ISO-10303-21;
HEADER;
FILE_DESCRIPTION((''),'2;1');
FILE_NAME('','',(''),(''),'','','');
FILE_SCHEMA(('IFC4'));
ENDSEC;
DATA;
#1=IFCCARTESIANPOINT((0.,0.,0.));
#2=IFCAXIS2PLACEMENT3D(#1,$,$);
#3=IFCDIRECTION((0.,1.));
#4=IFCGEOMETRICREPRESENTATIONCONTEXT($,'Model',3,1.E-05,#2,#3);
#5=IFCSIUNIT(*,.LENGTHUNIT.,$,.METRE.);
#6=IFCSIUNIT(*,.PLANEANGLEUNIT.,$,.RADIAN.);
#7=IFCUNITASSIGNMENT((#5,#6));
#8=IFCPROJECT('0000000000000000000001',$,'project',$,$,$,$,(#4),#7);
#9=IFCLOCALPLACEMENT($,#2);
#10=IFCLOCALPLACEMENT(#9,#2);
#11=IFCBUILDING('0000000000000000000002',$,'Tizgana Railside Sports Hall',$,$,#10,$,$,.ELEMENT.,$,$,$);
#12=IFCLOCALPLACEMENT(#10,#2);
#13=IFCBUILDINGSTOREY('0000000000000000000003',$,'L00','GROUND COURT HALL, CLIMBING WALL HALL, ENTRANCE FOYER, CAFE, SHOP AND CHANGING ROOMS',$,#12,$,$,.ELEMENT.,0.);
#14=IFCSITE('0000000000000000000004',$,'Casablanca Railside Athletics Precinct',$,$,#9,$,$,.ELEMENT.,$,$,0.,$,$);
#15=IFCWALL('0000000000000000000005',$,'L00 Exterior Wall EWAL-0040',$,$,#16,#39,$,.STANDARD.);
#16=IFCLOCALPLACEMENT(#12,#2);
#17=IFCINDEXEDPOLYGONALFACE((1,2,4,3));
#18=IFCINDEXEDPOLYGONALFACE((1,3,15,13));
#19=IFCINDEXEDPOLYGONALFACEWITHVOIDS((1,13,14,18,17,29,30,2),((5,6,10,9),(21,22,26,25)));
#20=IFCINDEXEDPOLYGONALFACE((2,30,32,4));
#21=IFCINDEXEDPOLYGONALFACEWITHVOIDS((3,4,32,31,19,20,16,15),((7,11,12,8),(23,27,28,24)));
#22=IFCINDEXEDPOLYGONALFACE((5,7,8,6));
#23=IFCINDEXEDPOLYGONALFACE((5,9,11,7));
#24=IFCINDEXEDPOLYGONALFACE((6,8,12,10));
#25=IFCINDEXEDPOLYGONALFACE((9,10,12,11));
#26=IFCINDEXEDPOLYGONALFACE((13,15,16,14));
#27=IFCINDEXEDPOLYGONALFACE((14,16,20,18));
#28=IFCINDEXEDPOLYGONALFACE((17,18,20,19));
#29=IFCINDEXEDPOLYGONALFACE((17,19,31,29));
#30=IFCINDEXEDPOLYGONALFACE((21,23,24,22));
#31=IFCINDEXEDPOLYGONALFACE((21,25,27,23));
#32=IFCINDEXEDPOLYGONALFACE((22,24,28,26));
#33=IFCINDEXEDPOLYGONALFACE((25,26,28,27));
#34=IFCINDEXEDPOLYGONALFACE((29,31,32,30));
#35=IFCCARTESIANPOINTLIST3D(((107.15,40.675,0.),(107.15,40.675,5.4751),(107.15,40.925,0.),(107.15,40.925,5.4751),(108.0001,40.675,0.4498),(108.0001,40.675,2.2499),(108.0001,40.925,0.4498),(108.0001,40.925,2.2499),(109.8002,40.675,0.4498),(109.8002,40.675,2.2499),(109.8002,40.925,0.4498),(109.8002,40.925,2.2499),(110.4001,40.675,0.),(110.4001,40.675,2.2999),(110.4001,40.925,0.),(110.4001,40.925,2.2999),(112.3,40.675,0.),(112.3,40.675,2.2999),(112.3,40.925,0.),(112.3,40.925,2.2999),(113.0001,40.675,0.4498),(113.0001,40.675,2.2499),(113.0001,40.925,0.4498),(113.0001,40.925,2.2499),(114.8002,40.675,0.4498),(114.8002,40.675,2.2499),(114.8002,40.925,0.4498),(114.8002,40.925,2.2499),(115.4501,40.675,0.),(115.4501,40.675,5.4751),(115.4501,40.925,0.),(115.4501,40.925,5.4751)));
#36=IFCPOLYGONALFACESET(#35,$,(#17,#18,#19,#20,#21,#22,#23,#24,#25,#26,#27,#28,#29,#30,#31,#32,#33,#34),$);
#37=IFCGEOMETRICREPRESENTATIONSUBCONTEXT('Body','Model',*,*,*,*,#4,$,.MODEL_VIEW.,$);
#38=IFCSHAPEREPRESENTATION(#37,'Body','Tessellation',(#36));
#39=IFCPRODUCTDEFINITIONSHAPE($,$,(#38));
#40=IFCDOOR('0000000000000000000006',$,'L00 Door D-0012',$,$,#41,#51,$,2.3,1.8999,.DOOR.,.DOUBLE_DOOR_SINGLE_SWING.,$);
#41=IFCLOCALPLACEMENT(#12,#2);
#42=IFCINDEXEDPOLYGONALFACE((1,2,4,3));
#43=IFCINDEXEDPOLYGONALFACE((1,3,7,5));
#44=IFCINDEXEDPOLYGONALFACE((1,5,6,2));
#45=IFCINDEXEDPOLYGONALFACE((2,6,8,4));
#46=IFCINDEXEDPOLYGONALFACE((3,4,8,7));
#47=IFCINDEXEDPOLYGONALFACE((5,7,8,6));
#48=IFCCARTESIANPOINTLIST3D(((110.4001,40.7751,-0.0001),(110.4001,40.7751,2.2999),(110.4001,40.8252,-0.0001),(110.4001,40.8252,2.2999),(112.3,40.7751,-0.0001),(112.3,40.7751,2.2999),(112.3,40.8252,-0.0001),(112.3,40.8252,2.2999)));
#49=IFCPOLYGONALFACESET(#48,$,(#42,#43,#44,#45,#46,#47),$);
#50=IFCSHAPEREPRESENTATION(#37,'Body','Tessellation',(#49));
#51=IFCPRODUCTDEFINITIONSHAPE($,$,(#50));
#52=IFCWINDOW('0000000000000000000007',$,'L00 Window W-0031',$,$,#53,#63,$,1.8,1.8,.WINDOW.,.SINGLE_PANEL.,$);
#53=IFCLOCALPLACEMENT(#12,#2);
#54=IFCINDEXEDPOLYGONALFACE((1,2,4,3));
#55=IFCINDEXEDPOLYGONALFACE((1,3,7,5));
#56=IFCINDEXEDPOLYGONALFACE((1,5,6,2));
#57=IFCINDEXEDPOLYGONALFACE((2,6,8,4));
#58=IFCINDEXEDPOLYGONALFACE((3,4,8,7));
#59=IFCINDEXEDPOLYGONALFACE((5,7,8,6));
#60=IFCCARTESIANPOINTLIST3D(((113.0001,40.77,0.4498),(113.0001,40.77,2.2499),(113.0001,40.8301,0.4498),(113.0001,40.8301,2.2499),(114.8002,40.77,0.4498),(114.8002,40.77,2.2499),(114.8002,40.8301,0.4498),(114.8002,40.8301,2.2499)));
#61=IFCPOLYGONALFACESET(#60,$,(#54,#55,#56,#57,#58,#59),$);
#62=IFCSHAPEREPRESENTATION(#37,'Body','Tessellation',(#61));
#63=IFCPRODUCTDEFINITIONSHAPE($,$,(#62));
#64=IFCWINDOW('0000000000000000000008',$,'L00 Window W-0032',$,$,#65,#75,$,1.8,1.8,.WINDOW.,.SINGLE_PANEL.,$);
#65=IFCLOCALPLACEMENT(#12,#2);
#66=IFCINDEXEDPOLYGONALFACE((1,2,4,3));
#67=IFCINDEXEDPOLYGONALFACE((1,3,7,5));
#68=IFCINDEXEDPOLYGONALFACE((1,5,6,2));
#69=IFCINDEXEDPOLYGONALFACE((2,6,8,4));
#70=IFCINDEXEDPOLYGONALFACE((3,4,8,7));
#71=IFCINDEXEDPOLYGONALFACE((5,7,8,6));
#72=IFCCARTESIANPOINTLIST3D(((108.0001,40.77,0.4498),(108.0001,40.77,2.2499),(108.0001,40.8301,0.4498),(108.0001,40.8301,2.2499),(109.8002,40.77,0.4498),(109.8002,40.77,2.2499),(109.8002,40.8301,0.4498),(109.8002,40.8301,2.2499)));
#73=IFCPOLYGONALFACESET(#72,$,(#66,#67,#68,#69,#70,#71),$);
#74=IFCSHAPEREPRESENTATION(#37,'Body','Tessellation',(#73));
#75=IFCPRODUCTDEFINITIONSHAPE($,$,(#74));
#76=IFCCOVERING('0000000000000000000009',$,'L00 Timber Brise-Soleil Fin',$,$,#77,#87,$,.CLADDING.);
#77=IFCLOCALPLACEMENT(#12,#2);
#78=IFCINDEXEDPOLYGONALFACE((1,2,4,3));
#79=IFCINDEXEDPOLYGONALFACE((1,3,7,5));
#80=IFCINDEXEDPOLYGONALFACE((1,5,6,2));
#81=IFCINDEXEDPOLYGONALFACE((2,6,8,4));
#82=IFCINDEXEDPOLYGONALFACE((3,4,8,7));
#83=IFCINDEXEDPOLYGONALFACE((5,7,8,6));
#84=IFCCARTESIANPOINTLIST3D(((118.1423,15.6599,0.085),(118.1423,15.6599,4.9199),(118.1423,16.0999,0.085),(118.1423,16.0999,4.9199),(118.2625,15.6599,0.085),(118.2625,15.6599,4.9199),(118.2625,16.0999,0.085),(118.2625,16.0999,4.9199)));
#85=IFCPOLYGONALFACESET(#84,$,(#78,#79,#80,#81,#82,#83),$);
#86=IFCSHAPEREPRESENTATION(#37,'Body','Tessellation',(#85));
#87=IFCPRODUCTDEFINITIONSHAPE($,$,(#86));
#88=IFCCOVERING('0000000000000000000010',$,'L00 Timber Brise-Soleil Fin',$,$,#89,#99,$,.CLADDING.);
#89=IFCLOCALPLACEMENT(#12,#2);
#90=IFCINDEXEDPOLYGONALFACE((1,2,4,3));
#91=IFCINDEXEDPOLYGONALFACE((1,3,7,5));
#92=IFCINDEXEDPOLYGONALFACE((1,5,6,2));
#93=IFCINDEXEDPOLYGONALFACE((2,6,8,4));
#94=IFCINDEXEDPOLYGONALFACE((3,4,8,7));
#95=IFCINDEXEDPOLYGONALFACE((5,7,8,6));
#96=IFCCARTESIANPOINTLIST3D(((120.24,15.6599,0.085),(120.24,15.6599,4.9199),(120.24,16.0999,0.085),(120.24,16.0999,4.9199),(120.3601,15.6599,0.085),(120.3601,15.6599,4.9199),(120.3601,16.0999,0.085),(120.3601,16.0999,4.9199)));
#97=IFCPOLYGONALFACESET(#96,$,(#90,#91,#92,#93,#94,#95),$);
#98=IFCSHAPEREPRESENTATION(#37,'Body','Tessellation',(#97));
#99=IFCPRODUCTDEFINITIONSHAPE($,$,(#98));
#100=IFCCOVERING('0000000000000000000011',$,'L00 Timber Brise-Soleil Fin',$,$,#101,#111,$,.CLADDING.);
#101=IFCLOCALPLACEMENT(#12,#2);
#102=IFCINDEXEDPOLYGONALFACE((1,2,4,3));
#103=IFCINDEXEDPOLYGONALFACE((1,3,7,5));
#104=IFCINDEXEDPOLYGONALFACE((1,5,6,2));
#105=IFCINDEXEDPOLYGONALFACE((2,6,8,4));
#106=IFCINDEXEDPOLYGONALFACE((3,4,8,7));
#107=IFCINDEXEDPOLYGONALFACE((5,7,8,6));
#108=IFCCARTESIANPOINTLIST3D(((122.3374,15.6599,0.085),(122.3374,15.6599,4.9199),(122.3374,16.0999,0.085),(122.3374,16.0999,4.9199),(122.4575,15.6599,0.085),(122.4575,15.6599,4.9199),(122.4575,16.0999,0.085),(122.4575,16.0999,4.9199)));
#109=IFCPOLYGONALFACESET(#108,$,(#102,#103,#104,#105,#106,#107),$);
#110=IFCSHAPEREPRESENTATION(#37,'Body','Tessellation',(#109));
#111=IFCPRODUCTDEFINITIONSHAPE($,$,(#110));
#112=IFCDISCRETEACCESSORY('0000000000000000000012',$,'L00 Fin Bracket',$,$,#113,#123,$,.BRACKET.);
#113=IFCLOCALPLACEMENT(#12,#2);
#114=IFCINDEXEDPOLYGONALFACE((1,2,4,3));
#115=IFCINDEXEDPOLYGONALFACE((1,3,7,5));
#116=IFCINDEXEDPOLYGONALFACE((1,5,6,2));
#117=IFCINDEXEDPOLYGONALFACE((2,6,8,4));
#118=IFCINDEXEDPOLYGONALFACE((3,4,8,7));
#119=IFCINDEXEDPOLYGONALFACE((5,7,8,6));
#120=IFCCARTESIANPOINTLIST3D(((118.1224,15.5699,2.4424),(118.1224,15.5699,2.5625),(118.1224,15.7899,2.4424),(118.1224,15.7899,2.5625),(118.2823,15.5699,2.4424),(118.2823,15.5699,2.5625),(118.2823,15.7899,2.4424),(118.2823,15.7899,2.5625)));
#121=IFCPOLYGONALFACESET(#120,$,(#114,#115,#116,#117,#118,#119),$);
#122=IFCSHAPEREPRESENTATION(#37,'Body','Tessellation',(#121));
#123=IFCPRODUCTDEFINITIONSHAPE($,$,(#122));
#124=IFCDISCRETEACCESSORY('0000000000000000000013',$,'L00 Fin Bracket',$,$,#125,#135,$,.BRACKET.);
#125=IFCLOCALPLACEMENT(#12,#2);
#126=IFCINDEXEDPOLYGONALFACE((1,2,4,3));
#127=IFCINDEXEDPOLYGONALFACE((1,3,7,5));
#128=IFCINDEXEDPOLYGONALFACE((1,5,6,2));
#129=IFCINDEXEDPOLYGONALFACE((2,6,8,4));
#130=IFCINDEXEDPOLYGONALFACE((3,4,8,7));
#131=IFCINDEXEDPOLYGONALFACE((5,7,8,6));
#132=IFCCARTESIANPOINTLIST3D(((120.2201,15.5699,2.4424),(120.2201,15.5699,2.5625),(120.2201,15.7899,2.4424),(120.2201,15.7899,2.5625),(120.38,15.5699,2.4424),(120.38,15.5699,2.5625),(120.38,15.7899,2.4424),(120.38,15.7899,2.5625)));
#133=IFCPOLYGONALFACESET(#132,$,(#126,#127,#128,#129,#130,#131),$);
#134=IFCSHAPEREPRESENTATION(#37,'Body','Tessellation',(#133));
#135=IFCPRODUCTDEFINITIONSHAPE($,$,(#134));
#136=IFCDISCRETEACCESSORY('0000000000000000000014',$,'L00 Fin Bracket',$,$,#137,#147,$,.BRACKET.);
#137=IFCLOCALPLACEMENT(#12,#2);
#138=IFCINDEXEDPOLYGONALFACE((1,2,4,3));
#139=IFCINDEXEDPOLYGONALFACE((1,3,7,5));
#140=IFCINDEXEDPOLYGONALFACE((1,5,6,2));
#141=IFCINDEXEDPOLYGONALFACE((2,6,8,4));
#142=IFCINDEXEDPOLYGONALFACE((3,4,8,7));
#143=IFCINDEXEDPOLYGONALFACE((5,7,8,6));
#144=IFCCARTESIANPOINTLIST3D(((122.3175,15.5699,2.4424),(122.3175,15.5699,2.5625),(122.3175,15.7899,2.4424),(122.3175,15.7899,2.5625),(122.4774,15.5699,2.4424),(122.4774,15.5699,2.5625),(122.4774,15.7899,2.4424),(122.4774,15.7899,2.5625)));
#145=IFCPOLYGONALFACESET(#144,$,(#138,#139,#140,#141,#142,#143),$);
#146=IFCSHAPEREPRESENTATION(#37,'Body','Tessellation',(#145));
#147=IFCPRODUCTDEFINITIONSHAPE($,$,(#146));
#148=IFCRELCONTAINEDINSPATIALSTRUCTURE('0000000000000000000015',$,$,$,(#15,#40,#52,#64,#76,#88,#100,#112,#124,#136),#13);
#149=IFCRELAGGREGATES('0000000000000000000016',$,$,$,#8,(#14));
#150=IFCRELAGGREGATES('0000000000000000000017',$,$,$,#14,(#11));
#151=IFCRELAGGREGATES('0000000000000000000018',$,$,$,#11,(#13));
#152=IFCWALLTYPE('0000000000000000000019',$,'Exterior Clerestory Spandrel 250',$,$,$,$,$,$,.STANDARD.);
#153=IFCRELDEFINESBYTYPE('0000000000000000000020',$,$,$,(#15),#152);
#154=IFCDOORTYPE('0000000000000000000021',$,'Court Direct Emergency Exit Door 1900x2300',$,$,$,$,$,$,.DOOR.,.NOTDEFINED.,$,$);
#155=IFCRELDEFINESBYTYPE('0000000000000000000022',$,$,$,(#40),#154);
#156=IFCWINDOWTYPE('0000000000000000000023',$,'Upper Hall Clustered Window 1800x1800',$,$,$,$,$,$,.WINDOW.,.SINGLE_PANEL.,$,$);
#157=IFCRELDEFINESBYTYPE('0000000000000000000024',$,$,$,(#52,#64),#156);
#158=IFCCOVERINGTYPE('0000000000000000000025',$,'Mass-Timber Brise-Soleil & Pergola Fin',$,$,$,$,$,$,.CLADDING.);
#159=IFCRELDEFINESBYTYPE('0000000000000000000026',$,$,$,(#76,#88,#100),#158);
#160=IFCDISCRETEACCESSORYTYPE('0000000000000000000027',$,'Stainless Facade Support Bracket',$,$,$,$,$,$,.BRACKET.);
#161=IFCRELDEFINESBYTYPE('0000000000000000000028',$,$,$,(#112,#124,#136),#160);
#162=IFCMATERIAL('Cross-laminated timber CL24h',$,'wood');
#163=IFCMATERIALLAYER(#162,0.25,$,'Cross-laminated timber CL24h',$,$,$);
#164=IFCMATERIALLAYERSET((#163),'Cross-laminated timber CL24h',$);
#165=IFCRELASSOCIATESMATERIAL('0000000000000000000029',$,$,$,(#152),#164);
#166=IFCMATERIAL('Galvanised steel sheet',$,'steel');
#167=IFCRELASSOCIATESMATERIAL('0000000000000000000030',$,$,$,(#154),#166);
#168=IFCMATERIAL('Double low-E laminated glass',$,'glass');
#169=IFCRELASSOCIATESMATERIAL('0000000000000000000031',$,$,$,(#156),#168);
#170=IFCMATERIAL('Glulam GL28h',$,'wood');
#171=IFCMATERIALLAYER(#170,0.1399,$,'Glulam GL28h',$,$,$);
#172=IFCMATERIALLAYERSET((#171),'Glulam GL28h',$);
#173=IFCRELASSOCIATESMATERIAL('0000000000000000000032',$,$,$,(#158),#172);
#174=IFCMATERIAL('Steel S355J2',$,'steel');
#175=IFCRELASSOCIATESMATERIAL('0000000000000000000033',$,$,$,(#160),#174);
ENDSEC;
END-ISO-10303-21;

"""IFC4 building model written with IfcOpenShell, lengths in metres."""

from ifc_helpers import new_model, si_unit, direction, frame, frame_2d, origin, origin_2d, place, context, subcontext, project, spatial, rectangle, extrude, material, layer, layer_set, type_object, element, fill, save


model = new_model("IFC4")

# Units and contexts
model_context = context("Model", 3, precision=1e-05, world=origin(), true_north=direction((0.0, 1.0)))
body_context = subcontext(model_context, "Body", "Model", "MODEL_VIEW")
ifc_project = project(units=[si_unit("LENGTHUNIT", "METRE"), si_unit("PLANEANGLEUNIT", "RADIAN")], contexts=[model_context])

# Site, building, storey
site_placement = place(None, origin())
site = spatial("IfcSite", under=ifc_project, at=site_placement, Name="Casablanca Railside Athletics Precinct", CompositionType="ELEMENT", RefElevation=0.0)
building_placement = place(site_placement, origin())
building = spatial("IfcBuilding", under=site, at=building_placement, Name="Tizgana Railside Sports Hall", CompositionType="ELEMENT")
storey_placement = place(building_placement, origin())
storey = spatial("IfcBuildingStorey", under=building, at=storey_placement, Name="L00", Description="GROUND COURT HALL, CLIMBING WALL HALL, ENTRANCE FOYER, CAFE, SHOP AND CHANGING ROOMS", CompositionType="ELEMENT", Elevation=0.0)

# Shared definitions
ifc_material_1 = material(Name="Steel S355J2", Category="steel")

# Shared definitions
ifc_material_2 = material(Name="Double low-E laminated glass", Category="glass")

# Wall, openings, door, windows
ifc_material_3 = material(Name="Cross-laminated timber CL24h", Category="wood")
ifc_layer_1 = layer(ifc_material_3, 0.25, Name="Cross-laminated timber CL24h")
ifc_layer_set_1 = layer_set([ifc_layer_1], Name="Cross-laminated timber CL24h")
wall_type = type_object("IfcWallType", Name="Exterior Clerestory Spandrel 250", PredefinedType="STANDARD", material=ifc_layer_set_1)
wall_placement = place(storey_placement, frame((115.45, 40.8, 0.0), z_axis=(0.0, 0.0, 1.0), x_axis=(-1.0, 0.0, 0.0)))
wall = element("IfcWall", 1, at=wall_placement, inside=storey, type_object=wall_type, Name="L00 Exterior Wall EWAL-0040", PredefinedType="STANDARD", context=body_context, shape_type="SweptSolid", body=[
    extrude(rectangle(XDim=8.3, YDim=0.25, at=frame_2d((4.1499, 0.0))), origin(), (0.0, 0.0, 1.0), 5.4751),
])
opening_1_placement = place(wall_placement, frame((3.1499, 0.0, 0.0)))
opening_1 = element("IfcOpeningElement", 2, at=opening_1_placement, cuts=wall, PredefinedType="OPENING", context=body_context, shape_type="SweptSolid", body=[
    extrude(rectangle(XDim=1.8999, YDim=2.3, at=frame_2d((0.95, 1.1499))), frame((0.0, 0.135, 0.0), z_axis=(0.0, -1.0, 0.0), x_axis=(1.0, 0.0, 0.0)), (0.0, 0.0, 1.0), 0.27),
])
opening_2_placement = place(wall_placement, frame((0.6499, 0.0, 0.45)))
opening_2 = element("IfcOpeningElement", 3, at=opening_2_placement, cuts=wall, PredefinedType="OPENING", context=body_context, shape_type="SweptSolid", body=[
    extrude(rectangle(XDim=1.8, YDim=1.8, at=frame_2d((0.8999, 0.8999))), frame((0.0, 0.135, 0.0), z_axis=(0.0, -1.0, 0.0), x_axis=(1.0, 0.0, 0.0)), (0.0, 0.0, 1.0), 0.27),
])
opening_3_placement = place(wall_placement, frame((5.6499, 0.0, 0.45)))
opening_3 = element("IfcOpeningElement", 4, at=opening_3_placement, cuts=wall, PredefinedType="OPENING", context=body_context, shape_type="SweptSolid", body=[
    extrude(rectangle(XDim=1.8, YDim=1.8, at=frame_2d((0.8999, 0.8999))), frame((0.0, 0.135, 0.0), z_axis=(0.0, -1.0, 0.0), x_axis=(1.0, 0.0, 0.0)), (0.0, 0.0, 1.0), 0.27),
])
ifc_material_4 = material(Name="Galvanised steel sheet", Category="steel")
door_type = type_object("IfcDoorType", Name="Court Direct Emergency Exit Door 1900x2300", OperationType="NOTDEFINED", PredefinedType="DOOR", material=ifc_material_4)
door_placement = place(opening_1_placement, origin())
door = element("IfcDoor", 5, at=door_placement, inside=storey, type_object=door_type, Name="L00 Door D-0012", OperationType="DOUBLE_DOOR_SINGLE_SWING", OverallHeight=2.3, OverallWidth=1.8999, PredefinedType="DOOR", context=body_context, shape_type="SweptSolid", body=[
    extrude(rectangle(XDim=1.8999, YDim=2.3, at=frame_2d((0.95, 1.1499))), frame((0.0, 0.0249, 0.0), z_axis=(0.0, -1.0, 0.0), x_axis=(1.0, 0.0, 0.0)), (0.0, 0.0, 1.0), 0.05),
])
fill(opening_1, door)
window_type = type_object("IfcWindowType", Name="Upper Hall Clustered Window 1800x1800", PartitioningType="SINGLE_PANEL", PredefinedType="WINDOW", material=ifc_material_2)
window_1_placement = place(opening_2_placement, origin())
window_1 = element("IfcWindow", 6, at=window_1_placement, inside=storey, type_object=window_type, Name="L00 Window W-0031", OverallHeight=1.8, OverallWidth=1.8, PartitioningType="SINGLE_PANEL", PredefinedType="WINDOW", context=body_context, shape_type="SweptSolid", body=[
    extrude(rectangle(XDim=1.8, YDim=1.8, at=frame_2d((0.8999, 0.8999))), frame((0.0, 0.03, 0.0), z_axis=(0.0, -1.0, 0.0), x_axis=(1.0, 0.0, 0.0)), (0.0, 0.0, 1.0), 0.0601),
])
fill(opening_2, window_1)
window_2_placement = place(opening_3_placement, origin())
window_2 = element("IfcWindow", 7, at=window_2_placement, inside=storey, type_object=window_type, Name="L00 Window W-0032", OverallHeight=1.8, OverallWidth=1.8, PartitioningType="SINGLE_PANEL", PredefinedType="WINDOW", context=body_context, shape_type="SweptSolid", body=[
    extrude(rectangle(XDim=1.8, YDim=1.8, at=frame_2d((0.8999, 0.8999))), frame((0.0, 0.03, 0.0), z_axis=(0.0, -1.0, 0.0), x_axis=(1.0, 0.0, 0.0)), (0.0, 0.0, 1.0), 0.0601),
])
fill(opening_3, window_2)

# Coverings
ifc_material_5 = material(Name="Glulam GL28h", Category="wood")
ifc_layer_2 = layer(ifc_material_5, 0.1399, Name="Glulam GL28h")
ifc_layer_set_2 = layer_set([ifc_layer_2], Name="Glulam GL28h")
covering_type = type_object("IfcCoveringType", Name="Mass-Timber Brise-Soleil & Pergola Fin", PredefinedType="CLADDING", material=ifc_layer_set_2)
for number, where, z_axis, x_axis, name in (
    (8, (118.2024, 15.8799, 0.085), (0.0, 0.0, 1.0), (1.0, 0.0, 0.0), "L00 Timber Brise-Soleil Fin"),
    (9, (120.3, 15.8799, 0.085), (0.0, 0.0, 1.0), (1.0, 0.0, 0.0), "L00 Timber Brise-Soleil Fin"),
    (10, (122.3975, 15.8799, 0.085), (0.0, 0.0, 1.0), (1.0, 0.0, 0.0), "L00 Timber Brise-Soleil Fin"),
):
    element("IfcCovering", number, at=place(storey_placement, frame(where, z_axis=z_axis, x_axis=x_axis)), inside=storey, type_object=covering_type, Name=name, PredefinedType="CLADDING", context=body_context, shape_type="SweptSolid", body=[
        extrude(rectangle(XDim=0.1201, YDim=0.4399, at=origin_2d()), origin(), (0.0, 0.0, 1.0), 4.835),
    ])

# Discrete accessories
discrete_accessory_type = type_object("IfcDiscreteAccessoryType", Name="Stainless Facade Support Bracket", PredefinedType="BRACKET", material=ifc_material_1)
for number, where, z_axis, x_axis, name in (
    (11, (118.2024, 15.6799, 2.4424), (0.0, 0.0, 1.0), (1.0, 0.0, 0.0), "L00 Fin Bracket"),
    (12, (120.3, 15.6799, 2.4424), (0.0, 0.0, 1.0), (1.0, 0.0, 0.0), "L00 Fin Bracket"),
    (13, (122.3975, 15.6799, 2.4424), (0.0, 0.0, 1.0), (1.0, 0.0, 0.0), "L00 Fin Bracket"),
):
    element("IfcDiscreteAccessory", number, at=place(storey_placement, frame(where, z_axis=z_axis, x_axis=x_axis)), inside=storey, type_object=discrete_accessory_type, Name=name, PredefinedType="BRACKET", context=body_context, shape_type="SweptSolid", body=[
        extrude(rectangle(XDim=0.1599, YDim=0.22, at=origin_2d()), origin(), (0.0, 0.0, 1.0), 0.1201),
    ])

save(model, "model.ifc")
